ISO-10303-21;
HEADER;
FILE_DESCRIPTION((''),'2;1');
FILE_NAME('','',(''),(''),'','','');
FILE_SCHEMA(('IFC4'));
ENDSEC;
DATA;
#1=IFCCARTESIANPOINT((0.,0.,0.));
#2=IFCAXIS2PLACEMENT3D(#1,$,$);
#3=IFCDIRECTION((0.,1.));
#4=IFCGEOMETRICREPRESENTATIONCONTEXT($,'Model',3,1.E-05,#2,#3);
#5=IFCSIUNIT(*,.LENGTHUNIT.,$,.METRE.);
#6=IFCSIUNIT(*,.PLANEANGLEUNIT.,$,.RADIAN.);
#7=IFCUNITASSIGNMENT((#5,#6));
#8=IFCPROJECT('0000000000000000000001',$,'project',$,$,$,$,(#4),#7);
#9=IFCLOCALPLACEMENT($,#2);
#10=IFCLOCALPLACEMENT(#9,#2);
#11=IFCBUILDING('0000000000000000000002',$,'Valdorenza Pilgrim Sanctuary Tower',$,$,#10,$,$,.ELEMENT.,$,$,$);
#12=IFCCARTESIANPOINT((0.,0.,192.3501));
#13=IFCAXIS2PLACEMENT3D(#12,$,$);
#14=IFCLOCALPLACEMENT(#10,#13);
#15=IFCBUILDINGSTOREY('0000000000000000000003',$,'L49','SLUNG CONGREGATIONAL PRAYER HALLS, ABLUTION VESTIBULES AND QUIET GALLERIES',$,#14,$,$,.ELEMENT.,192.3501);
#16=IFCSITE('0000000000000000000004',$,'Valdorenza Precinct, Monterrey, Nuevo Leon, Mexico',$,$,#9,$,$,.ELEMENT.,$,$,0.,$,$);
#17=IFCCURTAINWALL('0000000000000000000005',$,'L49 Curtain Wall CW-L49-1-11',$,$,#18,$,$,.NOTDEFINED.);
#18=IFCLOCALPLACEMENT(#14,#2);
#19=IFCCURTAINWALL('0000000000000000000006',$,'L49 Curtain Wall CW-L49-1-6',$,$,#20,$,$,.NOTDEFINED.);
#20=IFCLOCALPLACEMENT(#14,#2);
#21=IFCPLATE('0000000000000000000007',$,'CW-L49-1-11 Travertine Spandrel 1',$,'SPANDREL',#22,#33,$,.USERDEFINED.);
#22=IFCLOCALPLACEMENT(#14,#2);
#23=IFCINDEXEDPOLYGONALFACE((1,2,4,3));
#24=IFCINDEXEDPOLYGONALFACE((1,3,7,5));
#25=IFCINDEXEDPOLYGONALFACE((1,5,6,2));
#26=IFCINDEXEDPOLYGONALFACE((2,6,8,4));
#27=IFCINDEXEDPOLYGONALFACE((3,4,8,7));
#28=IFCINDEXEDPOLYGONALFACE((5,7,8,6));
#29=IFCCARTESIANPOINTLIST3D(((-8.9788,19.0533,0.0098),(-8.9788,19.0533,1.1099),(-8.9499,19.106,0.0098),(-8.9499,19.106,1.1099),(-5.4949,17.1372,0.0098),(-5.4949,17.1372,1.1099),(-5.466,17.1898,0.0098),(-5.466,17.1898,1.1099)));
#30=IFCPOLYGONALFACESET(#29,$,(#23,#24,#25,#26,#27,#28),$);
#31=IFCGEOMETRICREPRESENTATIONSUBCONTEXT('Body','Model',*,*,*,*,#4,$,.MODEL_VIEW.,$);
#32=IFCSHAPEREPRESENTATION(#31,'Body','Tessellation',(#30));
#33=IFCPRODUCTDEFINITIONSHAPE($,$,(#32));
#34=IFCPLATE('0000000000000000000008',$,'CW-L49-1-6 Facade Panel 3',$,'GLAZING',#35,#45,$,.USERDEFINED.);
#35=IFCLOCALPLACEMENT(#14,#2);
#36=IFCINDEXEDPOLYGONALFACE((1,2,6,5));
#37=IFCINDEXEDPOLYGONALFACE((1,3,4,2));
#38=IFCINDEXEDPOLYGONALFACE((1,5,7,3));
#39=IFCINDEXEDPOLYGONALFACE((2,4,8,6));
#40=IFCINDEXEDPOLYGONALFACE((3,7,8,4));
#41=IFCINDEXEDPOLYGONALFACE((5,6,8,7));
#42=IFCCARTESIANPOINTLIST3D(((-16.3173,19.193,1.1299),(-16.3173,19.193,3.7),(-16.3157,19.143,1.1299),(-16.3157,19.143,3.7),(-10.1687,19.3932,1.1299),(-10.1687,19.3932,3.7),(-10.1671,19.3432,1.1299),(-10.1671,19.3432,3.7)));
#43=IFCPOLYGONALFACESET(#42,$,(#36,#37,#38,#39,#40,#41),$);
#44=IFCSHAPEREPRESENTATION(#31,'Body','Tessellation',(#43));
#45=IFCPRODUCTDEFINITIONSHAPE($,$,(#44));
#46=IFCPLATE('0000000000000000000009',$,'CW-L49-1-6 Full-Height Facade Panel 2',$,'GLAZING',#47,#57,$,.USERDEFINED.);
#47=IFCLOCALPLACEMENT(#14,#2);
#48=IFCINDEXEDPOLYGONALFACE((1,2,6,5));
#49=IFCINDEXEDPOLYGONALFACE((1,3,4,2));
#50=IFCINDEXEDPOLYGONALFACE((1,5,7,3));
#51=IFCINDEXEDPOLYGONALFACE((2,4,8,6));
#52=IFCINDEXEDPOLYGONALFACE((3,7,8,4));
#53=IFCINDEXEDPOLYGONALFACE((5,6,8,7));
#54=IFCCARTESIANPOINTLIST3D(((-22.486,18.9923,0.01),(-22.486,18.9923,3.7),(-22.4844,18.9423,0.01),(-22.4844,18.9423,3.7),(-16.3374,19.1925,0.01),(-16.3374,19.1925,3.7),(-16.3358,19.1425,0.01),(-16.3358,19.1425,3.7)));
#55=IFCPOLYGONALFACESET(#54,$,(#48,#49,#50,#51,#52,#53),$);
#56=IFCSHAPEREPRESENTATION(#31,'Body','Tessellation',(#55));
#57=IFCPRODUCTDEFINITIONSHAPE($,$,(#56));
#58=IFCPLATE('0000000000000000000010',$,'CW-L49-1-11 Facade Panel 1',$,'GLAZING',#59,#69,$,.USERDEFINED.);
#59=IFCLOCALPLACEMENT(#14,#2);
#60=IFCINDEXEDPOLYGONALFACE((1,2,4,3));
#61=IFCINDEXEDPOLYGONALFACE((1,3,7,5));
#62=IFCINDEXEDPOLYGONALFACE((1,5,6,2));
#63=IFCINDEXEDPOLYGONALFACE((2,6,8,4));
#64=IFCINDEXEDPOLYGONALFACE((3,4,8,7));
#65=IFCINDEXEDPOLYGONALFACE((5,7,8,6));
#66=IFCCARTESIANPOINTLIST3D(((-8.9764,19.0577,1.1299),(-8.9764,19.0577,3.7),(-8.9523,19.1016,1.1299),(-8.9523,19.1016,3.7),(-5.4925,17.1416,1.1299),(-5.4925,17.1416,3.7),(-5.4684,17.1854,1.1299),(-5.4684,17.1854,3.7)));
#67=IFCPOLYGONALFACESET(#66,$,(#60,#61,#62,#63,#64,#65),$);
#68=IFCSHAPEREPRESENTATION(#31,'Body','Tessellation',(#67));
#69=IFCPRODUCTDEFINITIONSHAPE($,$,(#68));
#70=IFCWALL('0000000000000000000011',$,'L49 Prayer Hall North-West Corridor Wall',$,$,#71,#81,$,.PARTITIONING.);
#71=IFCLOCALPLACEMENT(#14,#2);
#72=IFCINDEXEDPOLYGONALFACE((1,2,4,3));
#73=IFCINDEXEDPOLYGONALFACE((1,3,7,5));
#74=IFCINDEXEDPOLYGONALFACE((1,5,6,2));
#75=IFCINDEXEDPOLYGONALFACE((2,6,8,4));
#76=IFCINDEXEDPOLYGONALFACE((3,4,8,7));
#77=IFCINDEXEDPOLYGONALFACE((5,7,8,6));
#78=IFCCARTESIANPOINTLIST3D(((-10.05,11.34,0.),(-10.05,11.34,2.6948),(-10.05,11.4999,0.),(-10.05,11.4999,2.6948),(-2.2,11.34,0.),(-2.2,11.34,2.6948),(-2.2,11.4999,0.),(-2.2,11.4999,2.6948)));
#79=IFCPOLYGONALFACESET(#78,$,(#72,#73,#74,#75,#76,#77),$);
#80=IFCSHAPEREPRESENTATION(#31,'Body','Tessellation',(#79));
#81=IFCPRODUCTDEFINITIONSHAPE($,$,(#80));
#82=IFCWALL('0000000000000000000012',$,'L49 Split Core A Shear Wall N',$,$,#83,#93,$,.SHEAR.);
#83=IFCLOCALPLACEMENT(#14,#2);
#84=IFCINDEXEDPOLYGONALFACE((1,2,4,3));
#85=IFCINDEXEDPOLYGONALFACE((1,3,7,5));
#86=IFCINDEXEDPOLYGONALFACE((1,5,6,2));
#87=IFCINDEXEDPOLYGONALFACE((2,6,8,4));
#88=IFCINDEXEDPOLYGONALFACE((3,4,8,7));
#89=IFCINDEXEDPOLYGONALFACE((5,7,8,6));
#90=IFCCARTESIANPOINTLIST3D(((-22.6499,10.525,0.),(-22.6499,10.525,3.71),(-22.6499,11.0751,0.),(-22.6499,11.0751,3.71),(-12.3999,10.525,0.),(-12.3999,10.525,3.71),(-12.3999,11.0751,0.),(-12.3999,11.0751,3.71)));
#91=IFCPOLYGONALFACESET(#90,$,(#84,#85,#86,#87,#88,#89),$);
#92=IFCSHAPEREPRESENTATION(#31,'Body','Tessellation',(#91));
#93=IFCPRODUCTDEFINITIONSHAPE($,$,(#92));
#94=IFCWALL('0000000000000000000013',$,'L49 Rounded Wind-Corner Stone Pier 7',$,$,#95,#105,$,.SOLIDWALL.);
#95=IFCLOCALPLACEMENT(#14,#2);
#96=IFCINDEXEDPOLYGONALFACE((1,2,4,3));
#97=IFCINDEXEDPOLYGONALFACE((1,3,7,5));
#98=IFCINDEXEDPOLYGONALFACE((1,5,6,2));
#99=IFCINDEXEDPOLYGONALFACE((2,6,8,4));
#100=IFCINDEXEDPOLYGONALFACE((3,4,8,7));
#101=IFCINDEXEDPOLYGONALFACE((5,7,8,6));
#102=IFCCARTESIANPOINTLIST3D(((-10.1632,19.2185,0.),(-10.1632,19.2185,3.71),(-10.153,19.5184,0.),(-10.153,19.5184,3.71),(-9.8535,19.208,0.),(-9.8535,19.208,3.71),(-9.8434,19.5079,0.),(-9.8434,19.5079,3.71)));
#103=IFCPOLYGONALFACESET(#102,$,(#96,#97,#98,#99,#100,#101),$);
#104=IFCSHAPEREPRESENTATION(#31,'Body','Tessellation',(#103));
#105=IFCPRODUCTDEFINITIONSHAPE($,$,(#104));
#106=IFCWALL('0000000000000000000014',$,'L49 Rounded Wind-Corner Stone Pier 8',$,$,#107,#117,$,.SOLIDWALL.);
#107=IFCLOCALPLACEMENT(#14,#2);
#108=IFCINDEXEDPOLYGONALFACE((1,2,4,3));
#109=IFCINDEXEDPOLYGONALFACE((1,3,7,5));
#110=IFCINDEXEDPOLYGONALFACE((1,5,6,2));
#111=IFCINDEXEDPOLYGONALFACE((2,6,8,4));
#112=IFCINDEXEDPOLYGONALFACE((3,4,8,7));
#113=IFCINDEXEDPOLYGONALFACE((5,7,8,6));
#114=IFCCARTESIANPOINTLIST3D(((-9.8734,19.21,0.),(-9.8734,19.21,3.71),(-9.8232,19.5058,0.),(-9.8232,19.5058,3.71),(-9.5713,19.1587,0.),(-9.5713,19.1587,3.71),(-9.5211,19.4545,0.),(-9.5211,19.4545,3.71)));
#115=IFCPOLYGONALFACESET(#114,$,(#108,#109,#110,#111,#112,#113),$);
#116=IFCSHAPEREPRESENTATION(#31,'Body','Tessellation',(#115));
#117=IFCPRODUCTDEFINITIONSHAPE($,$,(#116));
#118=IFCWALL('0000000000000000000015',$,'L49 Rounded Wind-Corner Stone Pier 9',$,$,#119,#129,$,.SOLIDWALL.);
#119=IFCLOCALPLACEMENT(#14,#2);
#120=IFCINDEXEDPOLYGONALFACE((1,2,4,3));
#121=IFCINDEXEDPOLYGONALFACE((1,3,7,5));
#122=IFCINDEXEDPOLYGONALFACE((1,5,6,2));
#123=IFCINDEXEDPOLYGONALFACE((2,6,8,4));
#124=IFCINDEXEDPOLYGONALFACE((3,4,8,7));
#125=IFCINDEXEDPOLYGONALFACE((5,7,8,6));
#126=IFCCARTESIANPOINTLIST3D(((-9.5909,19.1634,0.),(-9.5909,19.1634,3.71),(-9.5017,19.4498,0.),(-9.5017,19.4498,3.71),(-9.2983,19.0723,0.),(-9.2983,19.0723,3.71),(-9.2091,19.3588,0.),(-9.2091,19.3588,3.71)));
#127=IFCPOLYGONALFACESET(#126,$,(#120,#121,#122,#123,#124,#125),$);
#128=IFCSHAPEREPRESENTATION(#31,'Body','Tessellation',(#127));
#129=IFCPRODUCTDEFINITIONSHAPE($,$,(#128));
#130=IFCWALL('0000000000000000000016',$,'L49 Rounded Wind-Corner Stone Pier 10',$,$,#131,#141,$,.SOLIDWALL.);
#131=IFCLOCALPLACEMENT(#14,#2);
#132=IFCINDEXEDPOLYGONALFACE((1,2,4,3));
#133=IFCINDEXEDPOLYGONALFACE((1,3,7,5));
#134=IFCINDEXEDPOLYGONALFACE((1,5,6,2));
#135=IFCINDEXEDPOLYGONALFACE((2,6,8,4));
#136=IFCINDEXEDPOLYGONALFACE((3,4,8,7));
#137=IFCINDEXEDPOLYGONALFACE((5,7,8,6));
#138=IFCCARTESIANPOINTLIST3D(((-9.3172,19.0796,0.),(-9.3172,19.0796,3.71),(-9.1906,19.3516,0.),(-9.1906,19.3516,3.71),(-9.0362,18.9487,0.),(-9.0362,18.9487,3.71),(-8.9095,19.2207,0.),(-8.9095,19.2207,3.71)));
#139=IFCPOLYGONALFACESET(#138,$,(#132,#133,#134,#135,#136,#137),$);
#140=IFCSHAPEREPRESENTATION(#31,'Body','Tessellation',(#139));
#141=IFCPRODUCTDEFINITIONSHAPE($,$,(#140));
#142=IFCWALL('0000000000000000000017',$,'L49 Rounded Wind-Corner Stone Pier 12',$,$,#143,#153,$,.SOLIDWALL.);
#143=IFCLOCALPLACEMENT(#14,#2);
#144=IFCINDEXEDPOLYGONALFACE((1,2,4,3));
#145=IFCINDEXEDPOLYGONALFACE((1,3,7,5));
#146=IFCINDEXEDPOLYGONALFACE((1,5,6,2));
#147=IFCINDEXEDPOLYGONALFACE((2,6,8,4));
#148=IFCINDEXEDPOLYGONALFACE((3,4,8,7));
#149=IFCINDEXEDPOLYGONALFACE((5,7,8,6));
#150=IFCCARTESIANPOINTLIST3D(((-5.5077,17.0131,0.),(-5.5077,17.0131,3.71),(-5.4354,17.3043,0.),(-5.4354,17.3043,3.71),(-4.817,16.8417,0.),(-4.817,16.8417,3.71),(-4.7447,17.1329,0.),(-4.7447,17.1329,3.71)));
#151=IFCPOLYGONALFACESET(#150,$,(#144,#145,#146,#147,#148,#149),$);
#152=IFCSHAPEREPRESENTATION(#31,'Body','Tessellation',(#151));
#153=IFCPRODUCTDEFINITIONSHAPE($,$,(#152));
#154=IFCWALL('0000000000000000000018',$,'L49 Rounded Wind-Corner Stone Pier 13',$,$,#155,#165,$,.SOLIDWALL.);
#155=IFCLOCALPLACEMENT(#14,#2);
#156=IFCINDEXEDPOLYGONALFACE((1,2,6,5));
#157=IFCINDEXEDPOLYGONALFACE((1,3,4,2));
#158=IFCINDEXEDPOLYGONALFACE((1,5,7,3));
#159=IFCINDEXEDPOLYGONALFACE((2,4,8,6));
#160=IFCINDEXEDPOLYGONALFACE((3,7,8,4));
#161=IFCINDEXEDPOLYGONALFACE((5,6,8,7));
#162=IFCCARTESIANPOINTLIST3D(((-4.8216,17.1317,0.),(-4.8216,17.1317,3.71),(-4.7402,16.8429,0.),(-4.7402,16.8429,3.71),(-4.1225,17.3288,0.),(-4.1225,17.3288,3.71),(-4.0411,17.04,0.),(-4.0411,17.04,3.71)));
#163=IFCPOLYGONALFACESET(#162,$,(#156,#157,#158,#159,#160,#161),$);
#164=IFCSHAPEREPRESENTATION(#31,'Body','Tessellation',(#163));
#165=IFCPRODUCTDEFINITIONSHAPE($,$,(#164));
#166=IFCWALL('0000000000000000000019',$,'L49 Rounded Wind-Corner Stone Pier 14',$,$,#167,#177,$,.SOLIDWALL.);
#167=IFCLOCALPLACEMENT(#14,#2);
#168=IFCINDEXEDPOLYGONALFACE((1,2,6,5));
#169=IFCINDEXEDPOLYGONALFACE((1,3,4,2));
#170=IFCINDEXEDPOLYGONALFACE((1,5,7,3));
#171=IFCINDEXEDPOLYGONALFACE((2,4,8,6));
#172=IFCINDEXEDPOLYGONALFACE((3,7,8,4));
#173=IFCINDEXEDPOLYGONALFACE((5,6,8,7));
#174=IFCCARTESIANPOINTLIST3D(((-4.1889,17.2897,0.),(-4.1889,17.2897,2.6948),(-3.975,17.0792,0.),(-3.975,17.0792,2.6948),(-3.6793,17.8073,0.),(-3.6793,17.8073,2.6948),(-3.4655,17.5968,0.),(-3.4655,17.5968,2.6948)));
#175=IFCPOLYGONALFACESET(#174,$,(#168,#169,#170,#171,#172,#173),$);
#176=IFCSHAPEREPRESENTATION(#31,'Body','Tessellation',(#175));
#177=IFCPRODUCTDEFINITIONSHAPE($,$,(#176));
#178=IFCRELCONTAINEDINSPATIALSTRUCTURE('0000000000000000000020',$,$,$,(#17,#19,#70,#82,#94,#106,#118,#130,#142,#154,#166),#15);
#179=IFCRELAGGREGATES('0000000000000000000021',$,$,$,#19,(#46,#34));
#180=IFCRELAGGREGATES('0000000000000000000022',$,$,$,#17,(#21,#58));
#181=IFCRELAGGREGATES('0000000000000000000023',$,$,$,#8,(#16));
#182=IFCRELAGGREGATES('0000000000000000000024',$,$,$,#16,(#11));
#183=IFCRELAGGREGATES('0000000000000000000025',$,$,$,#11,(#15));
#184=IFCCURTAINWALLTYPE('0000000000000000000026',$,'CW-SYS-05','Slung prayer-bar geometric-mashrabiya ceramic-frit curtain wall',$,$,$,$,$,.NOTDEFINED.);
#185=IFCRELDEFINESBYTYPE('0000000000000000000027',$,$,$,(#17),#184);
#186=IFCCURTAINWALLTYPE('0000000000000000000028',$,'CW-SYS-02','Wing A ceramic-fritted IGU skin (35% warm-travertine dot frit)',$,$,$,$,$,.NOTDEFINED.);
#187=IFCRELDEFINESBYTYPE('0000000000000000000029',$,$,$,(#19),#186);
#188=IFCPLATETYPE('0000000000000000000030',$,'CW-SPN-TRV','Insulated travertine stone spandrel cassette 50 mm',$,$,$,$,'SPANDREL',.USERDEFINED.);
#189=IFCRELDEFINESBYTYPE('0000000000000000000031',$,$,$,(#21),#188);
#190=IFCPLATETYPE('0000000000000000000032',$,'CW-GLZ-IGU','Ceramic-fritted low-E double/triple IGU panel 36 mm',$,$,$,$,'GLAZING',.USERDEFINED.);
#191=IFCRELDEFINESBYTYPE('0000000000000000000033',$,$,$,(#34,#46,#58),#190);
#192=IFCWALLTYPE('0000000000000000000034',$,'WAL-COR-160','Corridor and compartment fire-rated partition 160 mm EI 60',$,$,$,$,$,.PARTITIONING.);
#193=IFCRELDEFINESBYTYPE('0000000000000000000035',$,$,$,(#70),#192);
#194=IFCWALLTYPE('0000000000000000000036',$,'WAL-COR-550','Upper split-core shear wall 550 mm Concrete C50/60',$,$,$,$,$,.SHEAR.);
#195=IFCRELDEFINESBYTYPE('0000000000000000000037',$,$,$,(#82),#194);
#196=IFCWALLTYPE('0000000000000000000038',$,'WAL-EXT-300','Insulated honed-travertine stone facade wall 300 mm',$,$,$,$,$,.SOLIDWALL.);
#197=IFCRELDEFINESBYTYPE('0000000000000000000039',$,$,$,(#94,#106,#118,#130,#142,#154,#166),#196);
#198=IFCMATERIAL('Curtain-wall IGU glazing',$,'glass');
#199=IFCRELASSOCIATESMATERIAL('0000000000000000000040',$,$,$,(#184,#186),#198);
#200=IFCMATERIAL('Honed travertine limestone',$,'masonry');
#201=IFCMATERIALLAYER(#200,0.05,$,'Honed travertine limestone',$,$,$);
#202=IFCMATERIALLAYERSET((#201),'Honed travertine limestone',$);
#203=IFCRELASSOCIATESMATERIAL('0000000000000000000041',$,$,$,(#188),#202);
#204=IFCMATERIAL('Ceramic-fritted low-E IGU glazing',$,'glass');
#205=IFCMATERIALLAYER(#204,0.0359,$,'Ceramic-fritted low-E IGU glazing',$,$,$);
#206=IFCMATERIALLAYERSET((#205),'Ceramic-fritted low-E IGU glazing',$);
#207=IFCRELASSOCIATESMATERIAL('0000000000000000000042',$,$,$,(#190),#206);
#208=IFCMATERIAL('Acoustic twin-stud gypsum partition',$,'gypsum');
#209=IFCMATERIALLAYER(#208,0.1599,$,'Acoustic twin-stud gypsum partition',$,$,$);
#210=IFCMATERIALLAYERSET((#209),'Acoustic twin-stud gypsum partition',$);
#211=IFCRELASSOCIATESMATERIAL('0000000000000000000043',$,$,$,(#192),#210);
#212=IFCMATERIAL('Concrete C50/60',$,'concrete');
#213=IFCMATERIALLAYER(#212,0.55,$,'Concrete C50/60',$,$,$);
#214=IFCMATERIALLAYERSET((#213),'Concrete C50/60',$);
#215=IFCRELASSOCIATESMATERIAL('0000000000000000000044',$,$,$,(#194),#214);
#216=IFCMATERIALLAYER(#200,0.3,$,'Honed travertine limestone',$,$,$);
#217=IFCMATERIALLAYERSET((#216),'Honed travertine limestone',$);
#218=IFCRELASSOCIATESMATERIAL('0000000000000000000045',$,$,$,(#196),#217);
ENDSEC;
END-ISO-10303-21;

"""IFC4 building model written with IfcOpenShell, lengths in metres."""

from ifc_helpers import new_model, si_unit, direction, frame, frame_2d, origin, origin_2d, place, context, subcontext, project, spatial, rectangle, extrude, source, transform, mapped, material, layer, layer_set, type_object, element, aggregate, save


model = new_model("IFC4")

# Units and contexts
model_context = context("Model", 3, precision=1e-05, world=origin(), true_north=direction((0.0, 1.0)))
body_context = subcontext(model_context, "Body", "Model", "MODEL_VIEW")
ifc_project = project(units=[si_unit("LENGTHUNIT", "METRE"), si_unit("PLANEANGLEUNIT", "RADIAN")], contexts=[model_context])

# Site, building, storey
site_placement = place(None, origin())
site = spatial("IfcSite", under=ifc_project, at=site_placement, Name="Valdorenza Precinct, Monterrey, Nuevo Leon, Mexico", CompositionType="ELEMENT", RefElevation=0.0)
building_placement = place(site_placement, origin())
building = spatial("IfcBuilding", under=site, at=building_placement, Name="Valdorenza Pilgrim Sanctuary Tower", CompositionType="ELEMENT")
storey_placement = place(building_placement, frame((0.0, 0.0, 192.3501)))
storey = spatial("IfcBuildingStorey", under=building, at=storey_placement, Name="L49", Description="SLUNG CONGREGATIONAL PRAYER HALLS, ABLUTION VESTIBULES AND QUIET GALLERIES", CompositionType="ELEMENT", Elevation=192.3501)

# Shared definitions
ifc_material_1 = material(Name="Concrete C50/60", Category="concrete")

# Curtain wall
ifc_material_2 = material(Name="Curtain-wall IGU glazing", Category="glass")
curtain_wall_type_1 = type_object("IfcCurtainWallType", Name="CW-SYS-05", Description="Slung prayer-bar geometric-mashrabiya ceramic-frit curtain wall", PredefinedType="NOTDEFINED", material=ifc_material_2)
curtain_wall_1_placement = place(storey_placement, origin())
curtain_wall_1 = element("IfcCurtainWall", 1, at=curtain_wall_1_placement, inside=storey, type_object=curtain_wall_type_1, Name="L49 Curtain Wall CW-L49-1-11", PredefinedType="NOTDEFINED")

# Curtain wall
curtain_wall_type_2 = type_object("IfcCurtainWallType", Name="CW-SYS-02", Description="Wing A ceramic-fritted IGU skin (35% warm-travertine dot frit)", PredefinedType="NOTDEFINED", material=ifc_material_2)
curtain_wall_2_placement = place(storey_placement, origin())
curtain_wall_2 = element("IfcCurtainWall", 2, at=curtain_wall_2_placement, inside=storey, type_object=curtain_wall_type_2, Name="L49 Curtain Wall CW-L49-1-6", PredefinedType="NOTDEFINED")

# Plates
ifc_material_3 = material(Name="Honed travertine limestone", Category="masonry")
ifc_layer_1 = layer(ifc_material_3, 0.05, Name="Honed travertine limestone")
ifc_layer_set_1 = layer_set([ifc_layer_1], Name="Honed travertine limestone")
plate_type_1 = type_object("IfcPlateType", Name="CW-SPN-TRV", Description="Insulated travertine stone spandrel cassette 50 mm", ElementType="SPANDREL", PredefinedType="USERDEFINED", material=ifc_layer_set_1)
shared_shape_1 = source(origin(), body_context, "Body", "SweptSolid", [
    extrude(rectangle(XDim=3.9761, YDim=0.0601, at=origin_2d()), origin(), (0.0, 0.0, 1.0), 1.1001),
])
plate_1_placement = place(storey_placement, frame((-7.2224, 18.1216, 0.0098), z_axis=(0.0, 0.0, 1.0), x_axis=(0.876214, -0.481922, 0.0)))
plate_1 = element("IfcPlate", 3, at=plate_1_placement, type_object=plate_type_1, Name="CW-L49-1-11 Travertine Spandrel 1", ObjectType="SPANDREL", PredefinedType="USERDEFINED", context=body_context, shape_type="MappedRepresentation", body=[
    mapped(shared_shape_1, transform((0.0, 0.0, 0.0), x_axis=(1.0, 0.0, 0.0), y_axis=(0.0, 1.0, 0.0), z_axis=(0.0, 0.0, 1.0), scale=1.0)),
])
ifc_material_4 = material(Name="Ceramic-fritted low-E IGU glazing", Category="glass")
ifc_layer_2 = layer(ifc_material_4, 0.0359, Name="Ceramic-fritted low-E IGU glazing")
ifc_layer_set_2 = layer_set([ifc_layer_2], Name="Ceramic-fritted low-E IGU glazing")
plate_type_2 = type_object("IfcPlateType", Name="CW-GLZ-IGU", Description="Ceramic-fritted low-E double/triple IGU panel 36 mm", ElementType="GLAZING", PredefinedType="USERDEFINED", material=ifc_layer_set_2)
shared_shape_2 = source(origin(), body_context, "Body", "SweptSolid", [
    extrude(rectangle(XDim=6.1519, YDim=0.05, at=origin_2d()), origin(), (0.0, 0.0, 1.0), 2.5701),
])
plate_2_placement = place(storey_placement, frame((-13.2422, 19.2681, 1.1299), z_axis=(0.0, 0.0, 1.0), x_axis=(0.99947, 0.032545, 0.0)))
plate_2 = element("IfcPlate", 4, at=plate_2_placement, type_object=plate_type_2, Name="CW-L49-1-6 Facade Panel 3", ObjectType="GLAZING", PredefinedType="USERDEFINED", context=body_context, shape_type="MappedRepresentation", body=[
    mapped(shared_shape_2, transform((0.0, 0.0, 0.0), x_axis=(1.0, 0.0, 0.0), y_axis=(0.0, 1.0, 0.0), z_axis=(0.0, 0.0, 1.0), scale=1.0)),
])
shared_shape_3 = source(origin(), body_context, "Body", "SweptSolid", [
    extrude(rectangle(XDim=6.1519, YDim=0.05, at=origin_2d()), origin(), (0.0, 0.0, 1.0), 3.6899),
])
plate_3_placement = place(storey_placement, frame((-19.4109, 19.0674, 0.01), z_axis=(0.0, 0.0, 1.0), x_axis=(0.99947, 0.032545, 0.0)))
plate_3 = element("IfcPlate", 5, at=plate_3_placement, type_object=plate_type_2, Name="CW-L49-1-6 Full-Height Facade Panel 2", ObjectType="GLAZING", PredefinedType="USERDEFINED", context=body_context, shape_type="MappedRepresentation", body=[
    mapped(shared_shape_3, transform((0.0, 0.0, 0.0), x_axis=(1.0, 0.0, 0.0), y_axis=(0.0, 1.0, 0.0), z_axis=(0.0, 0.0, 1.0), scale=1.0)),
])
aggregate(curtain_wall_2, [plate_3, plate_2])
shared_shape_4 = source(origin(), body_context, "Body", "SweptSolid", [
    extrude(rectangle(XDim=3.9761, YDim=0.05, at=origin_2d()), origin(), (0.0, 0.0, 1.0), 2.5701),
])
plate_4_placement = place(storey_placement, frame((-7.2224, 18.1216, 1.1299), z_axis=(0.0, 0.0, 1.0), x_axis=(0.876214, -0.481922, 0.0)))
plate_4 = element("IfcPlate", 6, at=plate_4_placement, type_object=plate_type_2, Name="CW-L49-1-11 Facade Panel 1", ObjectType="GLAZING", PredefinedType="USERDEFINED", context=body_context, shape_type="MappedRepresentation", body=[
    mapped(shared_shape_4, transform((0.0, 0.0, 0.0), x_axis=(1.0, 0.0, 0.0), y_axis=(0.0, 1.0, 0.0), z_axis=(0.0, 0.0, 1.0), scale=1.0)),
])
aggregate(curtain_wall_1, [plate_1, plate_4])

# Walls
ifc_material_5 = material(Name="Acoustic twin-stud gypsum partition", Category="gypsum")
ifc_layer_3 = layer(ifc_material_5, 0.1599, Name="Acoustic twin-stud gypsum partition")
ifc_layer_set_3 = layer_set([ifc_layer_3], Name="Acoustic twin-stud gypsum partition")
wall_type_1 = type_object("IfcWallType", Name="WAL-COR-160", Description="Corridor and compartment fire-rated partition 160 mm EI 60", PredefinedType="PARTITIONING", material=ifc_layer_set_3)
wall_1_placement = place(storey_placement, frame((-10.05, 11.4199, 0.0), z_axis=(0.0, 0.0, 1.0), x_axis=(1.0, 0.0, 0.0)))
element("IfcWall", 7, at=wall_1_placement, inside=storey, type_object=wall_type_1, Name="L49 Prayer Hall North-West Corridor Wall", PredefinedType="PARTITIONING", context=body_context, shape_type="SweptSolid", body=[
    extrude(rectangle(XDim=7.8501, YDim=0.1599, at=frame_2d((3.925, 0.0))), origin(), (0.0, 0.0, 1.0), 2.6948),
])
ifc_layer_4 = layer(ifc_material_1, 0.55, Name="Concrete C50/60")
ifc_layer_set_4 = layer_set([ifc_layer_4], Name="Concrete C50/60")
wall_type_2 = type_object("IfcWallType", Name="WAL-COR-550", Description="Upper split-core shear wall 550 mm Concrete C50/60", PredefinedType="SHEAR", material=ifc_layer_set_4)
wall_2_placement = place(storey_placement, frame((-22.6499, 10.8, 0.0), z_axis=(0.0, 0.0, 1.0), x_axis=(1.0, 0.0, 0.0)))
element("IfcWall", 8, at=wall_2_placement, inside=storey, type_object=wall_type_2, Name="L49 Split Core A Shear Wall N", PredefinedType="SHEAR", context=body_context, shape_type="SweptSolid", body=[
    extrude(rectangle(XDim=10.25, YDim=0.55, at=frame_2d((5.125, 0.0))), origin(), (0.0, 0.0, 1.0), 3.71),
])
ifc_layer_5 = layer(ifc_material_3, 0.3, Name="Honed travertine limestone")
ifc_layer_set_5 = layer_set([ifc_layer_5], Name="Honed travertine limestone")
wall_type_3 = type_object("IfcWallType", Name="WAL-EXT-300", Description="Insulated honed-travertine stone facade wall 300 mm", PredefinedType="SOLIDWALL", material=ifc_layer_set_5)
wall_3_placement = place(storey_placement, frame((-10.158, 19.3684, 0.0), z_axis=(0.0, 0.0, 1.0), x_axis=(0.999425, -0.033892, 0.0)))
element("IfcWall", 9, at=wall_3_placement, inside=storey, type_object=wall_type_3, Name="L49 Rounded Wind-Corner Stone Pier 7", PredefinedType="SOLIDWALL", context=body_context, shape_type="SweptSolid", body=[
    extrude(rectangle(XDim=0.3098, YDim=0.3, at=frame_2d((0.1548, 0.0))), origin(), (0.0, 0.0, 1.0), 3.71),
])
for number, where, z_axis, x_axis, name in (
    (10, (-9.8484, 19.3579, 0.0), (0.0, 0.0, 1.0), (0.985894, -0.167371, 0.0), "L49 Rounded Wind-Corner Stone Pier 8"),
    (11, (-9.5464, 19.3066, 0.0), (0.0, 0.0, 1.0), (0.954791, -0.297276, 0.0), "L49 Rounded Wind-Corner Stone Pier 9"),
):
    element("IfcWall", number, at=place(storey_placement, frame(where, z_axis=z_axis, x_axis=x_axis)), inside=storey, type_object=wall_type_3, Name=name, PredefinedType="SOLIDWALL", context=body_context, shape_type="SweptSolid", body=[
        extrude(rectangle(XDim=0.3064, YDim=0.3, at=frame_2d((0.1533, 0.0))), origin(), (0.0, 0.0, 1.0), 3.71),
    ])
wall_4_placement = place(storey_placement, frame((-9.2539, 19.2156, 0.0), z_axis=(0.0, 0.0, 1.0), x_axis=(0.906525, -0.422152, 0.0)))
element("IfcWall", 12, at=wall_4_placement, inside=storey, type_object=wall_type_3, Name="L49 Rounded Wind-Corner Stone Pier 10", PredefinedType="SOLIDWALL", context=body_context, shape_type="SweptSolid", body=[
    extrude(rectangle(XDim=0.3101, YDim=0.3, at=frame_2d((0.155, 0.0))), origin(), (0.0, 0.0, 1.0), 3.71),
])
wall_5_placement = place(storey_placement, frame((-5.4717, 17.1587, 0.0), z_axis=(0.0, 0.0, 1.0), x_axis=(0.970565, -0.24084, 0.0)))
element("IfcWall", 13, at=wall_5_placement, inside=storey, type_object=wall_type_3, Name="L49 Rounded Wind-Corner Stone Pier 12", PredefinedType="SOLIDWALL", context=body_context, shape_type="SweptSolid", body=[
    extrude(rectangle(XDim=0.7117, YDim=0.3, at=frame_2d((0.356, 0.0))), origin(), (0.0, 0.0, 1.0), 3.71),
])
wall_6_placement = place(storey_placement, frame((-4.781, 16.9873, 0.0), z_axis=(0.0, 0.0, 1.0), x_axis=(0.962495, 0.2713, 0.0)))
element("IfcWall", 14, at=wall_6_placement, inside=storey, type_object=wall_type_3, Name="L49 Rounded Wind-Corner Stone Pier 13", PredefinedType="SOLIDWALL", context=body_context, shape_type="SweptSolid", body=[
    extrude(rectangle(XDim=0.7263, YDim=0.3, at=frame_2d((0.3633, 0.0))), origin(), (0.0, 0.0, 1.0), 3.71),
])
wall_7_placement = place(storey_placement, frame((-4.082, 17.1843, 0.0), z_axis=(0.0, 0.0, 1.0), x_axis=(0.701539, 0.712631, 0.0)))
element("IfcWall", 15, at=wall_7_placement, inside=storey, type_object=wall_type_3, Name="L49 Rounded Wind-Corner Stone Pier 14", PredefinedType="SOLIDWALL", context=body_context, shape_type="SweptSolid", body=[
    extrude(rectangle(XDim=0.7263, YDim=0.3, at=frame_2d((0.3633, 0.0))), origin(), (0.0, 0.0, 1.0), 2.6948),
])

save(model, "model.ifc")
